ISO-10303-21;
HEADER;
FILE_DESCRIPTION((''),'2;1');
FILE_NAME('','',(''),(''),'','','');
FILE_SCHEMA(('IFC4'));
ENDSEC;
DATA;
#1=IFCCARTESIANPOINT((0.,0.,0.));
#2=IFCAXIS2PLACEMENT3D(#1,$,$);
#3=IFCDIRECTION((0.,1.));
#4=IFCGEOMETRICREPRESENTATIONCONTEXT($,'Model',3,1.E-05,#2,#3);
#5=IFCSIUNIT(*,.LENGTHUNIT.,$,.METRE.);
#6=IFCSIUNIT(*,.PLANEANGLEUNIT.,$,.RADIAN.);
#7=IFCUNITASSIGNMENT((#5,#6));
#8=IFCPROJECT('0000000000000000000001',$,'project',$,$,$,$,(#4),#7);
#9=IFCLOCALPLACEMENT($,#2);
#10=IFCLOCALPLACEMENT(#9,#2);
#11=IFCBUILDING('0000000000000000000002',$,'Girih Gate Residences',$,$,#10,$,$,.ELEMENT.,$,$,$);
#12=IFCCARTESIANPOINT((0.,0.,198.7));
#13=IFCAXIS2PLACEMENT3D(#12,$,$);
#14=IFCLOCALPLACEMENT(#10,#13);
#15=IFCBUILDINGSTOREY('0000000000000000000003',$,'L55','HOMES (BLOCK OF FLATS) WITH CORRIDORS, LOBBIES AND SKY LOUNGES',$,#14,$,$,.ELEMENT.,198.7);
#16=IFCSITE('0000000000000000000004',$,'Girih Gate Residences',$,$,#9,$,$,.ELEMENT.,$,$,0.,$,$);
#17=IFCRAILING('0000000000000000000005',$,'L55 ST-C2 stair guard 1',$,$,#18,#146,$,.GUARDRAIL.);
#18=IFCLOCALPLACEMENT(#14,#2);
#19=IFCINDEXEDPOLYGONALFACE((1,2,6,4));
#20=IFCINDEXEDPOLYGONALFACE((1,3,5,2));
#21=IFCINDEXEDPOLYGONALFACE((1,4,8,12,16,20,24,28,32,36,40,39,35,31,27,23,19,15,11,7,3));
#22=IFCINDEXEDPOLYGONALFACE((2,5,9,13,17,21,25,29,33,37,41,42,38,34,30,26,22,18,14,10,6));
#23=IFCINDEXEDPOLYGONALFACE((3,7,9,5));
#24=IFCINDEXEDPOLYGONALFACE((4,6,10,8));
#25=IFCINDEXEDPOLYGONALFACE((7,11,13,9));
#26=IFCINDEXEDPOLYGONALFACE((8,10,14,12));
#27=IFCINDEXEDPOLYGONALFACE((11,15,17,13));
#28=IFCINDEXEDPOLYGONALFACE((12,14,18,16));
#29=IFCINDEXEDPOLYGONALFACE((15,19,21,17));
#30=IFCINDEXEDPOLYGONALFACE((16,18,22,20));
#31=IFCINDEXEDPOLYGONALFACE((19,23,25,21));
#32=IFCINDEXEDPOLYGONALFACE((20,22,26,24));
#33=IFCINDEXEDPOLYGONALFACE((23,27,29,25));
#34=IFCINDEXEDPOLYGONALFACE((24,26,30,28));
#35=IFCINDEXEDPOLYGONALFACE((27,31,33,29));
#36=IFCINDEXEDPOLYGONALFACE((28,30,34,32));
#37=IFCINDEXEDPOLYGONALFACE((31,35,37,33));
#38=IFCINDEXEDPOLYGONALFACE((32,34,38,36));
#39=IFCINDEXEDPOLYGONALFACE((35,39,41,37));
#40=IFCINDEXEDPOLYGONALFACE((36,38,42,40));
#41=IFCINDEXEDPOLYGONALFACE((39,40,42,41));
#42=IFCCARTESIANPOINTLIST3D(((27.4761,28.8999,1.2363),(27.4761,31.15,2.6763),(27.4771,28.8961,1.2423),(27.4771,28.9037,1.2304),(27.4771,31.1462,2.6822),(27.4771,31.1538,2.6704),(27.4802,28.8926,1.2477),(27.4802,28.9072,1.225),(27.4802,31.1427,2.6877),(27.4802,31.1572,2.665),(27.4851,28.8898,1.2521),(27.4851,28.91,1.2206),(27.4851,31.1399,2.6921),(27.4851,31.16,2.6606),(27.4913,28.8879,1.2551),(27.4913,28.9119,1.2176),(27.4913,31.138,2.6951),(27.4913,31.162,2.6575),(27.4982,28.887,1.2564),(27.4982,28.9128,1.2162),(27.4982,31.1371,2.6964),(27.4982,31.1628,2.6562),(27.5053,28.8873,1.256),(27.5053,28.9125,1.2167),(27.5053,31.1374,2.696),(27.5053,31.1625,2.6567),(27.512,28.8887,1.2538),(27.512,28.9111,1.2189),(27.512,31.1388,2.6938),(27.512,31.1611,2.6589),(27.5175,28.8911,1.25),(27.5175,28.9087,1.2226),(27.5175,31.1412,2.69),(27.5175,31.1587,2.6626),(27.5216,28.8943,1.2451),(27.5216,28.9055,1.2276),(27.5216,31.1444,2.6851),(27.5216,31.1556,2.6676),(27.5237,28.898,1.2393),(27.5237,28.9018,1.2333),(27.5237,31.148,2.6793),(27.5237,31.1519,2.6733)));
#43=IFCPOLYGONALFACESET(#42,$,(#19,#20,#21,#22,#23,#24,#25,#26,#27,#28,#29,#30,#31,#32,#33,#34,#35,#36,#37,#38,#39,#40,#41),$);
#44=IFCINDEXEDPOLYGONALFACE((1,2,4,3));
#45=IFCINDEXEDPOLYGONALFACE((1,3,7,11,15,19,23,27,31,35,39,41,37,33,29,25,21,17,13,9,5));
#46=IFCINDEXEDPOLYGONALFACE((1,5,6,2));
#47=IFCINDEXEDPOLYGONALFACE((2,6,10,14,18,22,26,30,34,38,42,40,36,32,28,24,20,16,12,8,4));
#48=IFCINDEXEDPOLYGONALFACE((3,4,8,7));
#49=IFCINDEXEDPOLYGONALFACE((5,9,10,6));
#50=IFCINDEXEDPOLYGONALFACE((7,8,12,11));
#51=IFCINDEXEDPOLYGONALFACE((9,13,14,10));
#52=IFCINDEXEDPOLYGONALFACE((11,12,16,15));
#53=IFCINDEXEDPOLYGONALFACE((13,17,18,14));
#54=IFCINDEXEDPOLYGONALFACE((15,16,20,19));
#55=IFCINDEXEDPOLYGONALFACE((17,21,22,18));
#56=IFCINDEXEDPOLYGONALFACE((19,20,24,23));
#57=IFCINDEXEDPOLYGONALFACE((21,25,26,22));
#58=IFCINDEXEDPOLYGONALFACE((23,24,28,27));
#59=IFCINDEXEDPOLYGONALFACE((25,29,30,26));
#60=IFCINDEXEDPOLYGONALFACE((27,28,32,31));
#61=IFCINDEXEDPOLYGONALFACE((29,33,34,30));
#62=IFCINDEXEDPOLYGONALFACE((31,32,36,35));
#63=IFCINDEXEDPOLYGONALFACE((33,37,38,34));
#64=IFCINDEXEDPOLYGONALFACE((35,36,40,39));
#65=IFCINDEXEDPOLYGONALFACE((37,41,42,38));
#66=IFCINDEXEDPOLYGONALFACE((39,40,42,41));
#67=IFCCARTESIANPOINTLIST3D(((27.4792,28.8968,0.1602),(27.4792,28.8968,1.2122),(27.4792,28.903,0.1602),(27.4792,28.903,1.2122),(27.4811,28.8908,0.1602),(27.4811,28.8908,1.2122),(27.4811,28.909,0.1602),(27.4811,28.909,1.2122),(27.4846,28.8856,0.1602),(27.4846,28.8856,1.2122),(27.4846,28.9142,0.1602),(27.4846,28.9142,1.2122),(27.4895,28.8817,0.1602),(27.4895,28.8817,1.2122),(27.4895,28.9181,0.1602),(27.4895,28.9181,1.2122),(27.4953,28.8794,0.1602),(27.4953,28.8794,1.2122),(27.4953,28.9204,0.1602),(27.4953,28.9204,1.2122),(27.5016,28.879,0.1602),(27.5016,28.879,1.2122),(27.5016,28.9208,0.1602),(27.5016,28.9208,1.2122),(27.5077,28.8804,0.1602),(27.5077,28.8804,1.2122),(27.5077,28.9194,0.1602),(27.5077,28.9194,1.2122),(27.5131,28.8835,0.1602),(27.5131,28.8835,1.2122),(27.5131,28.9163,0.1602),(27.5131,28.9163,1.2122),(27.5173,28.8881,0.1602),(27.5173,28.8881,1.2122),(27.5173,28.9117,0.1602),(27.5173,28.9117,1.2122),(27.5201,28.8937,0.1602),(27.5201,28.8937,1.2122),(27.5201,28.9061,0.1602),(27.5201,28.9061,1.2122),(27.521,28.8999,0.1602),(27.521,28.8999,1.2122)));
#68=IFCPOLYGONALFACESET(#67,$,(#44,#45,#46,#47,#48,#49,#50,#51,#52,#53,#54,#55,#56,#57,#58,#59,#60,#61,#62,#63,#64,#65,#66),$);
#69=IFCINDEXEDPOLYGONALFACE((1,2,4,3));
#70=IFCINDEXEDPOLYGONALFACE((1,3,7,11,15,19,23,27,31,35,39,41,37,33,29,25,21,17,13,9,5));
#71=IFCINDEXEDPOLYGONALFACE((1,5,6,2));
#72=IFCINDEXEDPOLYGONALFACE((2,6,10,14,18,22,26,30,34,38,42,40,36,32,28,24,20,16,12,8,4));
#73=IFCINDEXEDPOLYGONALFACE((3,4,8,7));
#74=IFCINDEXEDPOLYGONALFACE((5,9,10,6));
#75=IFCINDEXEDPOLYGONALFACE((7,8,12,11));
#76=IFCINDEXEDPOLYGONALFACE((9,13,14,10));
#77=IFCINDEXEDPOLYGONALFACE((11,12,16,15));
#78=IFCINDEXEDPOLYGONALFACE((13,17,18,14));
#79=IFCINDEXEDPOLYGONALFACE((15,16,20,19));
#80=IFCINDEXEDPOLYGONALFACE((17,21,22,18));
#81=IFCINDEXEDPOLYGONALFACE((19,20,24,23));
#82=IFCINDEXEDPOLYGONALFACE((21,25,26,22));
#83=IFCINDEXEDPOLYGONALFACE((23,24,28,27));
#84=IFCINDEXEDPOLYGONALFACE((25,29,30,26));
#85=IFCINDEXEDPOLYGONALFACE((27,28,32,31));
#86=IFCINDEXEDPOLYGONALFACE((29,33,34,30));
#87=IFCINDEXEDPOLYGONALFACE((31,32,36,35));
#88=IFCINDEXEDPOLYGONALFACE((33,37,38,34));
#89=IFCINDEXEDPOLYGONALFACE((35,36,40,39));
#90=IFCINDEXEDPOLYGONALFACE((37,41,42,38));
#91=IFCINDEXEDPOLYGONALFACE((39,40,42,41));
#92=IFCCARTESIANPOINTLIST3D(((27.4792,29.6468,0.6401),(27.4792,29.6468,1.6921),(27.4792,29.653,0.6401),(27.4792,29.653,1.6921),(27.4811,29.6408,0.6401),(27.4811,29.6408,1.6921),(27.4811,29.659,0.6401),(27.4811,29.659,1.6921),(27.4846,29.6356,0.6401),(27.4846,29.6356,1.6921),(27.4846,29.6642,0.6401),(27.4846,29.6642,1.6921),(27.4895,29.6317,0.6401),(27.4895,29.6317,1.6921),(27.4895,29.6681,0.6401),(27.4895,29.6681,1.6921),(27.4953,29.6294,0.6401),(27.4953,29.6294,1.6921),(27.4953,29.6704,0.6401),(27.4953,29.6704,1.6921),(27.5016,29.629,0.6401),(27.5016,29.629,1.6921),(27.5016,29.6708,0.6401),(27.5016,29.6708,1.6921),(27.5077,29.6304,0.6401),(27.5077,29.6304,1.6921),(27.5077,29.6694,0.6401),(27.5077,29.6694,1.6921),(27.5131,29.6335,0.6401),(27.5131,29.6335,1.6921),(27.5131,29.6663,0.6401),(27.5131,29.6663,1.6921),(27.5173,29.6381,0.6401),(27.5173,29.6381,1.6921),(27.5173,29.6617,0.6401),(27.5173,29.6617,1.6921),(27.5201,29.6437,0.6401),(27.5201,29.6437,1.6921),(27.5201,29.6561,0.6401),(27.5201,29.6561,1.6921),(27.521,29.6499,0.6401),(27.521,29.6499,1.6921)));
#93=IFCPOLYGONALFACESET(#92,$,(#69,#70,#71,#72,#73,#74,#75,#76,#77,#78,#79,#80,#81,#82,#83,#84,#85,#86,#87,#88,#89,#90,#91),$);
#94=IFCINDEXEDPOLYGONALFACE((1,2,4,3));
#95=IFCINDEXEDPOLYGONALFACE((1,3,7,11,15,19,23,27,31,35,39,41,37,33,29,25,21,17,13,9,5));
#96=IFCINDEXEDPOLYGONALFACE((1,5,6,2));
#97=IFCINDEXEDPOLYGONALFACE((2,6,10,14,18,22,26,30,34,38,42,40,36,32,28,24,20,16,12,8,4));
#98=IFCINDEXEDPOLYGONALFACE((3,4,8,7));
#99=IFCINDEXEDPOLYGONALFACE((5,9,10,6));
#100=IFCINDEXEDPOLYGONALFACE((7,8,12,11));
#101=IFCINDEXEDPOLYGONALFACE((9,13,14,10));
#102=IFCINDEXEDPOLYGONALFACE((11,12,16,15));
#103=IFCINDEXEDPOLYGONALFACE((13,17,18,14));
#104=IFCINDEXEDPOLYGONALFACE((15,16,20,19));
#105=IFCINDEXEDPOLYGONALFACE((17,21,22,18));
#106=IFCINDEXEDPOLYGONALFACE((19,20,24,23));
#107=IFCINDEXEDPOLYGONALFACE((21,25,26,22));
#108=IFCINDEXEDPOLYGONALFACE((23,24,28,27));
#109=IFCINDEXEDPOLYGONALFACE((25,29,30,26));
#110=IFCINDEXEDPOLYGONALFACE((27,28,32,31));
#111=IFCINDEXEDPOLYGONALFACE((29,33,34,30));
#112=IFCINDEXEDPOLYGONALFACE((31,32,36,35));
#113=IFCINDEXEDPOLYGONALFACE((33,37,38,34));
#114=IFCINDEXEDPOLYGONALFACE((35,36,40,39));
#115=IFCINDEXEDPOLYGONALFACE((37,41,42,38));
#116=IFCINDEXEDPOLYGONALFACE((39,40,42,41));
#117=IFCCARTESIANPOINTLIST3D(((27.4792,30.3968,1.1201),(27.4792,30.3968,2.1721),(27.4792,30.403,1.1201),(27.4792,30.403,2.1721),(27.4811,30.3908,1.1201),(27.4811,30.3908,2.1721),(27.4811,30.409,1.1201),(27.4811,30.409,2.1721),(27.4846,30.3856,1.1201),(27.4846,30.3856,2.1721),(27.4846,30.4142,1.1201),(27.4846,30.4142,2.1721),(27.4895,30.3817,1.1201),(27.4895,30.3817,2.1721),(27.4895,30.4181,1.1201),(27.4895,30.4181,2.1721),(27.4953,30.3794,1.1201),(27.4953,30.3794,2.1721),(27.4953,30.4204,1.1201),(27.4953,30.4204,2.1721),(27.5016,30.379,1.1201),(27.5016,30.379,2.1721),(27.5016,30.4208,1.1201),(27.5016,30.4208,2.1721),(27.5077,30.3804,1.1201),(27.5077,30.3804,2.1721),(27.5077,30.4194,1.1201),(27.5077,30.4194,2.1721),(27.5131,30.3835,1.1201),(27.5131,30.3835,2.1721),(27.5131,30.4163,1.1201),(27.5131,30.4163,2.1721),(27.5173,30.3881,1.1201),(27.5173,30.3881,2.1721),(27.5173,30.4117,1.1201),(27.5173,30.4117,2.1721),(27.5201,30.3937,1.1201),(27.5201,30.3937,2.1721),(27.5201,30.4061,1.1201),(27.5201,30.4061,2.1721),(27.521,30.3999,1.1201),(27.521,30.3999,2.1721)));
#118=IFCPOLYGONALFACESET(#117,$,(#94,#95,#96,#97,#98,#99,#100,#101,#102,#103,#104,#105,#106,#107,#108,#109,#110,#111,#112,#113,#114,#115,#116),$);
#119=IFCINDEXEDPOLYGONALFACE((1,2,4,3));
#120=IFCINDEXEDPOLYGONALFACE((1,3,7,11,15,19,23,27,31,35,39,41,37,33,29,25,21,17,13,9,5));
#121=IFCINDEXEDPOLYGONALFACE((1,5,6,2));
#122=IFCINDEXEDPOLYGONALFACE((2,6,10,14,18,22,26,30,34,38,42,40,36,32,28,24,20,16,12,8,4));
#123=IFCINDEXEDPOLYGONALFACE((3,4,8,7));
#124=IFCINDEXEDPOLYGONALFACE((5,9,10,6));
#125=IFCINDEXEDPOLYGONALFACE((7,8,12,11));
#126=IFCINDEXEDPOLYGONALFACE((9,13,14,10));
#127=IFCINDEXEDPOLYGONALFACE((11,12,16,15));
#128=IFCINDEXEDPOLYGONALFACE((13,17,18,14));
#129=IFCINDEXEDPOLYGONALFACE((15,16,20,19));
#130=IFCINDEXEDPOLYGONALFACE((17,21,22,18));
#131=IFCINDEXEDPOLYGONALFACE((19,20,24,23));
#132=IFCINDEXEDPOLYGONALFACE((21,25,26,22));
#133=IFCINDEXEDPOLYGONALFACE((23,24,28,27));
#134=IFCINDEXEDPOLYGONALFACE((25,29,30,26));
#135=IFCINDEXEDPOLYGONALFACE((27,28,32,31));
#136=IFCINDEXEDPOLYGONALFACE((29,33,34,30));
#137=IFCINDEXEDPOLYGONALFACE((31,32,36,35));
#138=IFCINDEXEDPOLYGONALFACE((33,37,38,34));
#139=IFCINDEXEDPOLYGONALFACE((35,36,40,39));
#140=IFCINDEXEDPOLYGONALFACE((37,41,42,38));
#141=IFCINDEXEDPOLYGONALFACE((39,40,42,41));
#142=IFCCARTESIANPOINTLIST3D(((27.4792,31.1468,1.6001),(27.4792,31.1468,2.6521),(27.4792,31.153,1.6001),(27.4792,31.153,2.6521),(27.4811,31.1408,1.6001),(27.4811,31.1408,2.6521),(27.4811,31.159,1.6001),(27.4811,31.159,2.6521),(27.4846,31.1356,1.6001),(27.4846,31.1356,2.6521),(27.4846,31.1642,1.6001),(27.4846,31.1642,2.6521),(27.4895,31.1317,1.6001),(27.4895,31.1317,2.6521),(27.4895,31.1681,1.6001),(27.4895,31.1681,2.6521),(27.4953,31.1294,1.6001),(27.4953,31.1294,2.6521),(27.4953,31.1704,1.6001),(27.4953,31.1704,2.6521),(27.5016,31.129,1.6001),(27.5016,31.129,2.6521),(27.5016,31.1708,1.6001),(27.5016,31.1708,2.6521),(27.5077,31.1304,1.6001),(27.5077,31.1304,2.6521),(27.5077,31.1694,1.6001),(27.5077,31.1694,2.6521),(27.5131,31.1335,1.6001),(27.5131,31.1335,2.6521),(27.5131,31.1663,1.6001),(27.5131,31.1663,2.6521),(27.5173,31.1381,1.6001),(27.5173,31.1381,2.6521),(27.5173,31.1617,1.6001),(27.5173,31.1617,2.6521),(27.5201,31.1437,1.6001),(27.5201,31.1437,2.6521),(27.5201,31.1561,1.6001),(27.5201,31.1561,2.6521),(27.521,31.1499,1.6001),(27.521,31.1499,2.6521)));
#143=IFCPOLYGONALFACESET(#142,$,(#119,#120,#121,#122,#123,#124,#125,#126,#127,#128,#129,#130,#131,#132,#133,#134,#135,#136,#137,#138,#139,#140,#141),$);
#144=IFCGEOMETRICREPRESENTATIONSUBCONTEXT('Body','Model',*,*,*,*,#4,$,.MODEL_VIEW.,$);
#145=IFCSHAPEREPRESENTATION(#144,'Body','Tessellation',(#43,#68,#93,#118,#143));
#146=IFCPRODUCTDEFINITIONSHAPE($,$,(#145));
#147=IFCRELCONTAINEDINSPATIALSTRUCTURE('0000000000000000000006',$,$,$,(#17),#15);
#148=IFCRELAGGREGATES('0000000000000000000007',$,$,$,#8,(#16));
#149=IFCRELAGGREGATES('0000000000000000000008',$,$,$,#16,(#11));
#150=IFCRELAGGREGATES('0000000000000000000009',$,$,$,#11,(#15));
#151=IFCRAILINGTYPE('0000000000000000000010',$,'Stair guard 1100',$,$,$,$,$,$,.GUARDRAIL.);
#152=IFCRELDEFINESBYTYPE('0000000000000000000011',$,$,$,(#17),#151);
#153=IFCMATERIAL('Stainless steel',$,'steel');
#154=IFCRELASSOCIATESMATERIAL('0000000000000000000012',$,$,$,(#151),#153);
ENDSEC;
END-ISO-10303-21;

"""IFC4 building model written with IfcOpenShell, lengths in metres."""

from ifc_helpers import new_model, si_unit, direction, frame, origin, origin_2d, place, context, subcontext, project, spatial, circle, extrude, material, type_object, element, save


model = new_model("IFC4")

# Units and contexts
model_context = context("Model", 3, precision=1e-05, world=origin(), true_north=direction((0.0, 1.0)))
body_context = subcontext(model_context, "Body", "Model", "MODEL_VIEW")
ifc_project = project(units=[si_unit("LENGTHUNIT", "METRE"), si_unit("PLANEANGLEUNIT", "RADIAN")], contexts=[model_context])

# Site, building, storey
site_placement = place(None, origin())
site = spatial("IfcSite", under=ifc_project, at=site_placement, Name="Girih Gate Residences", CompositionType="ELEMENT", RefElevation=0.0)
building_placement = place(site_placement, origin())
building = spatial("IfcBuilding", under=site, at=building_placement, Name="Girih Gate Residences", CompositionType="ELEMENT")
storey_placement = place(building_placement, frame((0.0, 0.0, 198.7)))
storey = spatial("IfcBuildingStorey", under=building, at=storey_placement, Name="L55", Description="HOMES (BLOCK OF FLATS) WITH CORRIDORS, LOBBIES AND SKY LOUNGES", CompositionType="ELEMENT", Elevation=198.7)

# Railing
ifc_material_1 = material(Name="Stainless steel", Category="steel")
railing_type_1 = type_object("IfcRailingType", Name="Stair guard 1100", PredefinedType="GUARDRAIL", material=ifc_material_1)
railing_1_placement = place(storey_placement, frame((27.5, 28.8999, 0.1602)))
element("IfcRailing", 1, at=railing_1_placement, inside=storey, type_object=railing_type_1, Name="L55 ST-C2 stair guard 1", PredefinedType="GUARDRAIL", context=body_context, shape_type="SweptSolid", body=[
    extrude(circle(Radius=0.0239, at=origin_2d()), frame((0.0, 0.0, 1.0762), z_axis=(0.0, 0.842281, 0.539038), x_axis=(-1.0, 0.0, 0.0)), (0.0, 0.0, 1.0), 2.6714),
    extrude(circle(Radius=0.021, at=origin_2d()), origin(), (0.0, 0.0, 1.0), 1.052),
    extrude(circle(Radius=0.021, at=origin_2d()), frame((0.0, 0.75, 0.48)), (0.0, 0.0, 1.0), 1.052),
    extrude(circle(Radius=0.021, at=origin_2d()), frame((0.0, 1.5, 0.96)), (0.0, 0.0, 1.0), 1.052),
    extrude(circle(Radius=0.021, at=origin_2d()), frame((0.0, 2.25, 1.4399)), (0.0, 0.0, 1.0), 1.052),
])

save(model, "model.ifc")
